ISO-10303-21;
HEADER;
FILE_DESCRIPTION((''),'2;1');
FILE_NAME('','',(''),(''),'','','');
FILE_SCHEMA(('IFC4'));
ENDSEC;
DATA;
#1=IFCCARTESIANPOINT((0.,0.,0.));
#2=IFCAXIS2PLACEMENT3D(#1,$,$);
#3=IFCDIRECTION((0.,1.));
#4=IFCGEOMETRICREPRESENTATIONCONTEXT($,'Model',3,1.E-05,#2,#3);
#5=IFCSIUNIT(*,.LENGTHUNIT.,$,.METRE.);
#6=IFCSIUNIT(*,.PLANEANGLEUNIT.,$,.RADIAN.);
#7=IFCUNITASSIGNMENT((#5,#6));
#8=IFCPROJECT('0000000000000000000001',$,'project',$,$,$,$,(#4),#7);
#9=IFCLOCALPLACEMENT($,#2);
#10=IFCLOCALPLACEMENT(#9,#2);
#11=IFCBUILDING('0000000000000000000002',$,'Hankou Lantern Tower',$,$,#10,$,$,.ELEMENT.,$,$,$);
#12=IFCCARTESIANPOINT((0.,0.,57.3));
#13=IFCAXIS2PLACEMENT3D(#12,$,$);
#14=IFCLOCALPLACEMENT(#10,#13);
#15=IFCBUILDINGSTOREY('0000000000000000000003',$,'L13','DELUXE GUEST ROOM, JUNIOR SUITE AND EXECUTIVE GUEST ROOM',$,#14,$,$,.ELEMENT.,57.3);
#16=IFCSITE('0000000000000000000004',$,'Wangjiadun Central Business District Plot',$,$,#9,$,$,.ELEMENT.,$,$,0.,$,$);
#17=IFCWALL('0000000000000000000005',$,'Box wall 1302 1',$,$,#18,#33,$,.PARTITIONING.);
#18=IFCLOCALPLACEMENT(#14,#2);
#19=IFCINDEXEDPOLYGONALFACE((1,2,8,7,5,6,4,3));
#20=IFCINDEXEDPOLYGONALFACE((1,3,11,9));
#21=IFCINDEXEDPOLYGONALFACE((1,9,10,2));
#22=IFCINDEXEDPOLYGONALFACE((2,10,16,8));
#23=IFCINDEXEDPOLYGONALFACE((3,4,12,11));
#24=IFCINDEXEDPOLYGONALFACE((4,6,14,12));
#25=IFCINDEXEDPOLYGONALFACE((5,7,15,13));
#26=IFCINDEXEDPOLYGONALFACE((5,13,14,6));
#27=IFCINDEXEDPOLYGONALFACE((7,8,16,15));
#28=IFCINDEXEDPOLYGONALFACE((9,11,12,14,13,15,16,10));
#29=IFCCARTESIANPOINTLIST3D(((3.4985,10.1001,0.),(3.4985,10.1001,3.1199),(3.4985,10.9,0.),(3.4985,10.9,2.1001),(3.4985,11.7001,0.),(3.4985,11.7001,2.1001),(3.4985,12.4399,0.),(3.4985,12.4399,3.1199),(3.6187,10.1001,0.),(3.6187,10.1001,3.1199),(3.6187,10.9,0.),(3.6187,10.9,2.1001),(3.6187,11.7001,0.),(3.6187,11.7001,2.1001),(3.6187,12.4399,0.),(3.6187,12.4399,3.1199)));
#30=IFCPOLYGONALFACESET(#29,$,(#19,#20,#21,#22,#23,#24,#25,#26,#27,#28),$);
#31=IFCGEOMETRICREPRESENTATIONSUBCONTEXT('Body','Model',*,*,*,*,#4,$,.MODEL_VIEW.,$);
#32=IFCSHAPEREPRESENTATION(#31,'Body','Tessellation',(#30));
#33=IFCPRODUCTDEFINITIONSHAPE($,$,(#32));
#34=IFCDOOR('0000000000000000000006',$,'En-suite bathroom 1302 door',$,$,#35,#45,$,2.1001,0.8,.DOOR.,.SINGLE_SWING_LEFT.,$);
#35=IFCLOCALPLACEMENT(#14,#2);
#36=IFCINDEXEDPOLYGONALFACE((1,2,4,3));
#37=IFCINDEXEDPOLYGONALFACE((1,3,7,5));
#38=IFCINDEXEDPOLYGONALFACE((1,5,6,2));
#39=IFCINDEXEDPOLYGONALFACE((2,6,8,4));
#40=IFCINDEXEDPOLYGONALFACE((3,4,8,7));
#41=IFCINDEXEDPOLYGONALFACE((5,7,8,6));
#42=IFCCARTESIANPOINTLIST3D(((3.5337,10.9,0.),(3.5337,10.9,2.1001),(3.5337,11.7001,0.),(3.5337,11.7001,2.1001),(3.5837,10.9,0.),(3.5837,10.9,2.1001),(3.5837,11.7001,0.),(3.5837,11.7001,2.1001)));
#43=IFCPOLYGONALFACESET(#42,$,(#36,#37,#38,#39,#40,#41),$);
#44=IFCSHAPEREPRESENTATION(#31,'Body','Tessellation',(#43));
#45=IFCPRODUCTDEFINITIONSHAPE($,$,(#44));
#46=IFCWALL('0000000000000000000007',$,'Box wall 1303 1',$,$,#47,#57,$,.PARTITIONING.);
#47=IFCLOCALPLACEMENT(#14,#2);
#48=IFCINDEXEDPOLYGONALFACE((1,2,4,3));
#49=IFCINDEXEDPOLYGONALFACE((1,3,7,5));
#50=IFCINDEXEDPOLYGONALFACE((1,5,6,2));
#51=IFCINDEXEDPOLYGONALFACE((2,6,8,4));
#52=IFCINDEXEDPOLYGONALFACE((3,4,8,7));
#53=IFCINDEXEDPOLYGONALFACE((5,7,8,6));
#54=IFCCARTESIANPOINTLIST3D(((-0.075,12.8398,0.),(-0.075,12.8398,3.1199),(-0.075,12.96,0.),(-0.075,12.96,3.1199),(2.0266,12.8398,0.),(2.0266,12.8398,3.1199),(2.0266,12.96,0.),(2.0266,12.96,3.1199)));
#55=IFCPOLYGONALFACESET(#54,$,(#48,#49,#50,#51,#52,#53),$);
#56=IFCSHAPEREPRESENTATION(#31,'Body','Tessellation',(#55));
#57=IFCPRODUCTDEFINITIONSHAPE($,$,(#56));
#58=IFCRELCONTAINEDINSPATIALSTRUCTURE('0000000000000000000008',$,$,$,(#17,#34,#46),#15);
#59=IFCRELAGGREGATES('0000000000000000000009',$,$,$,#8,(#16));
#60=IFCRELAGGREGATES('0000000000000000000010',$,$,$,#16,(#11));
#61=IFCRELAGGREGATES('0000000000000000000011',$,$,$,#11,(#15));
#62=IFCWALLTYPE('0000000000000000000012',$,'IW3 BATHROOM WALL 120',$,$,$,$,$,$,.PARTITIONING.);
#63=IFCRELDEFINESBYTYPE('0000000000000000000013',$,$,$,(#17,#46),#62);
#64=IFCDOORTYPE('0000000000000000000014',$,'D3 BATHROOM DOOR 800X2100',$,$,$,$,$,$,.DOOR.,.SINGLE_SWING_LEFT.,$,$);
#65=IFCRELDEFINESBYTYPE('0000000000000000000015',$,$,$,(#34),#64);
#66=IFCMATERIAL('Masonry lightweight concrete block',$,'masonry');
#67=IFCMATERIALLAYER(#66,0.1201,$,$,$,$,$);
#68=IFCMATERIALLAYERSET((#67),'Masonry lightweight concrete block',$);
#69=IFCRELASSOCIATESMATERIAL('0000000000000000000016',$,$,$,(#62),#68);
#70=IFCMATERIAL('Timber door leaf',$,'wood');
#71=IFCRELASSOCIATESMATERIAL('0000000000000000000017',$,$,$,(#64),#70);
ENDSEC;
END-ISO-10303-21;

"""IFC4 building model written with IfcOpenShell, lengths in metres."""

from ifc_helpers import new_model, si_unit, direction, frame, frame_2d, origin, place, context, subcontext, project, spatial, rectangle, extrude, material, layer, layer_set, type_object, element, fill, save


model = new_model("IFC4")

# Units and contexts
model_context = context("Model", 3, precision=1e-05, world=origin(), true_north=direction((0.0, 1.0)))
body_context = subcontext(model_context, "Body", "Model", "MODEL_VIEW")
ifc_project = project(units=[si_unit("LENGTHUNIT", "METRE"), si_unit("PLANEANGLEUNIT", "RADIAN")], contexts=[model_context])

# Site, building, storey
site_placement = place(None, origin())
site = spatial("IfcSite", under=ifc_project, at=site_placement, Name="Wangjiadun Central Business District Plot", CompositionType="ELEMENT", RefElevation=0.0)
building_placement = place(site_placement, origin())
building = spatial("IfcBuilding", under=site, at=building_placement, Name="Hankou Lantern Tower", CompositionType="ELEMENT")
storey_placement = place(building_placement, frame((0.0, 0.0, 57.3)))
storey = spatial("IfcBuildingStorey", under=building, at=storey_placement, Name="L13", Description="DELUXE GUEST ROOM, JUNIOR SUITE AND EXECUTIVE GUEST ROOM", CompositionType="ELEMENT", Elevation=57.3)

# Shared definitions
ifc_material_1 = material(Name="Masonry lightweight concrete block", Category="masonry")
ifc_layer_1 = layer(ifc_material_1, 0.1201)
ifc_layer_set_1 = layer_set([ifc_layer_1], Name="Masonry lightweight concrete block")
wall_type_1 = type_object("IfcWallType", Name="IW3 BATHROOM WALL 120", PredefinedType="PARTITIONING", material=ifc_layer_set_1)
ifc_material_2 = material(Name="Timber door leaf", Category="wood")
door_type_1 = type_object("IfcDoorType", Name="D3 BATHROOM DOOR 800X2100", OperationType="SINGLE_SWING_LEFT", PredefinedType="DOOR", material=ifc_material_2)

# Wall, opening, door
wall_1_placement = place(storey_placement, frame((3.5586, 10.1001, 0.0), z_axis=(0.0, 0.0, 1.0), x_axis=(0.0, 1.0, 0.0)))
wall_1 = element("IfcWall", 1, at=wall_1_placement, inside=storey, type_object=wall_type_1, Name="Box wall 1302 1", PredefinedType="PARTITIONING", context=body_context, shape_type="SweptSolid", body=[
    extrude(rectangle(XDim=2.3398, YDim=0.1201, at=frame_2d((1.1699, 0.0))), origin(), (0.0, 0.0, 1.0), 3.1199),
])
opening_1_placement = place(wall_1_placement, frame((0.8, 0.0, 0.0)))
opening_1 = element("IfcOpeningElement", 2, at=opening_1_placement, cuts=wall_1, PredefinedType="OPENING", context=body_context, shape_type="SweptSolid", body=[
    extrude(rectangle(XDim=0.8, YDim=2.1001, at=frame_2d((0.3999, 1.05))), frame((0.0, 0.0701, 0.0), z_axis=(0.0, -1.0, 0.0), x_axis=(1.0, 0.0, 0.0)), (0.0, 0.0, 1.0), 0.1401),
])
door_1_placement = place(opening_1_placement, origin())
door_1 = element("IfcDoor", 3, at=door_1_placement, inside=storey, type_object=door_type_1, Name="En-suite bathroom 1302 door", OperationType="SINGLE_SWING_LEFT", OverallHeight=2.1001, OverallWidth=0.8, PredefinedType="DOOR", context=body_context, shape_type="SweptSolid", body=[
    extrude(rectangle(XDim=0.8, YDim=2.1001, at=frame_2d((0.3999, 1.05))), frame((0.0, 0.0249, 0.0), z_axis=(0.0, -1.0, 0.0), x_axis=(1.0, 0.0, 0.0)), (0.0, 0.0, 1.0), 0.05),
])
fill(opening_1, door_1)

# Wall
wall_2_placement = place(storey_placement, frame((2.0266, 12.8999, 0.0), z_axis=(0.0, 0.0, 1.0), x_axis=(-1.0, 0.0, 0.0)))
element("IfcWall", 4, at=wall_2_placement, inside=storey, type_object=wall_type_1, Name="Box wall 1303 1", PredefinedType="PARTITIONING", context=body_context, shape_type="SweptSolid", body=[
    extrude(rectangle(XDim=2.1016, YDim=0.1201, at=frame_2d((1.0508, 0.0))), origin(), (0.0, 0.0, 1.0), 3.1199),
])

save(model, "model.ifc")
